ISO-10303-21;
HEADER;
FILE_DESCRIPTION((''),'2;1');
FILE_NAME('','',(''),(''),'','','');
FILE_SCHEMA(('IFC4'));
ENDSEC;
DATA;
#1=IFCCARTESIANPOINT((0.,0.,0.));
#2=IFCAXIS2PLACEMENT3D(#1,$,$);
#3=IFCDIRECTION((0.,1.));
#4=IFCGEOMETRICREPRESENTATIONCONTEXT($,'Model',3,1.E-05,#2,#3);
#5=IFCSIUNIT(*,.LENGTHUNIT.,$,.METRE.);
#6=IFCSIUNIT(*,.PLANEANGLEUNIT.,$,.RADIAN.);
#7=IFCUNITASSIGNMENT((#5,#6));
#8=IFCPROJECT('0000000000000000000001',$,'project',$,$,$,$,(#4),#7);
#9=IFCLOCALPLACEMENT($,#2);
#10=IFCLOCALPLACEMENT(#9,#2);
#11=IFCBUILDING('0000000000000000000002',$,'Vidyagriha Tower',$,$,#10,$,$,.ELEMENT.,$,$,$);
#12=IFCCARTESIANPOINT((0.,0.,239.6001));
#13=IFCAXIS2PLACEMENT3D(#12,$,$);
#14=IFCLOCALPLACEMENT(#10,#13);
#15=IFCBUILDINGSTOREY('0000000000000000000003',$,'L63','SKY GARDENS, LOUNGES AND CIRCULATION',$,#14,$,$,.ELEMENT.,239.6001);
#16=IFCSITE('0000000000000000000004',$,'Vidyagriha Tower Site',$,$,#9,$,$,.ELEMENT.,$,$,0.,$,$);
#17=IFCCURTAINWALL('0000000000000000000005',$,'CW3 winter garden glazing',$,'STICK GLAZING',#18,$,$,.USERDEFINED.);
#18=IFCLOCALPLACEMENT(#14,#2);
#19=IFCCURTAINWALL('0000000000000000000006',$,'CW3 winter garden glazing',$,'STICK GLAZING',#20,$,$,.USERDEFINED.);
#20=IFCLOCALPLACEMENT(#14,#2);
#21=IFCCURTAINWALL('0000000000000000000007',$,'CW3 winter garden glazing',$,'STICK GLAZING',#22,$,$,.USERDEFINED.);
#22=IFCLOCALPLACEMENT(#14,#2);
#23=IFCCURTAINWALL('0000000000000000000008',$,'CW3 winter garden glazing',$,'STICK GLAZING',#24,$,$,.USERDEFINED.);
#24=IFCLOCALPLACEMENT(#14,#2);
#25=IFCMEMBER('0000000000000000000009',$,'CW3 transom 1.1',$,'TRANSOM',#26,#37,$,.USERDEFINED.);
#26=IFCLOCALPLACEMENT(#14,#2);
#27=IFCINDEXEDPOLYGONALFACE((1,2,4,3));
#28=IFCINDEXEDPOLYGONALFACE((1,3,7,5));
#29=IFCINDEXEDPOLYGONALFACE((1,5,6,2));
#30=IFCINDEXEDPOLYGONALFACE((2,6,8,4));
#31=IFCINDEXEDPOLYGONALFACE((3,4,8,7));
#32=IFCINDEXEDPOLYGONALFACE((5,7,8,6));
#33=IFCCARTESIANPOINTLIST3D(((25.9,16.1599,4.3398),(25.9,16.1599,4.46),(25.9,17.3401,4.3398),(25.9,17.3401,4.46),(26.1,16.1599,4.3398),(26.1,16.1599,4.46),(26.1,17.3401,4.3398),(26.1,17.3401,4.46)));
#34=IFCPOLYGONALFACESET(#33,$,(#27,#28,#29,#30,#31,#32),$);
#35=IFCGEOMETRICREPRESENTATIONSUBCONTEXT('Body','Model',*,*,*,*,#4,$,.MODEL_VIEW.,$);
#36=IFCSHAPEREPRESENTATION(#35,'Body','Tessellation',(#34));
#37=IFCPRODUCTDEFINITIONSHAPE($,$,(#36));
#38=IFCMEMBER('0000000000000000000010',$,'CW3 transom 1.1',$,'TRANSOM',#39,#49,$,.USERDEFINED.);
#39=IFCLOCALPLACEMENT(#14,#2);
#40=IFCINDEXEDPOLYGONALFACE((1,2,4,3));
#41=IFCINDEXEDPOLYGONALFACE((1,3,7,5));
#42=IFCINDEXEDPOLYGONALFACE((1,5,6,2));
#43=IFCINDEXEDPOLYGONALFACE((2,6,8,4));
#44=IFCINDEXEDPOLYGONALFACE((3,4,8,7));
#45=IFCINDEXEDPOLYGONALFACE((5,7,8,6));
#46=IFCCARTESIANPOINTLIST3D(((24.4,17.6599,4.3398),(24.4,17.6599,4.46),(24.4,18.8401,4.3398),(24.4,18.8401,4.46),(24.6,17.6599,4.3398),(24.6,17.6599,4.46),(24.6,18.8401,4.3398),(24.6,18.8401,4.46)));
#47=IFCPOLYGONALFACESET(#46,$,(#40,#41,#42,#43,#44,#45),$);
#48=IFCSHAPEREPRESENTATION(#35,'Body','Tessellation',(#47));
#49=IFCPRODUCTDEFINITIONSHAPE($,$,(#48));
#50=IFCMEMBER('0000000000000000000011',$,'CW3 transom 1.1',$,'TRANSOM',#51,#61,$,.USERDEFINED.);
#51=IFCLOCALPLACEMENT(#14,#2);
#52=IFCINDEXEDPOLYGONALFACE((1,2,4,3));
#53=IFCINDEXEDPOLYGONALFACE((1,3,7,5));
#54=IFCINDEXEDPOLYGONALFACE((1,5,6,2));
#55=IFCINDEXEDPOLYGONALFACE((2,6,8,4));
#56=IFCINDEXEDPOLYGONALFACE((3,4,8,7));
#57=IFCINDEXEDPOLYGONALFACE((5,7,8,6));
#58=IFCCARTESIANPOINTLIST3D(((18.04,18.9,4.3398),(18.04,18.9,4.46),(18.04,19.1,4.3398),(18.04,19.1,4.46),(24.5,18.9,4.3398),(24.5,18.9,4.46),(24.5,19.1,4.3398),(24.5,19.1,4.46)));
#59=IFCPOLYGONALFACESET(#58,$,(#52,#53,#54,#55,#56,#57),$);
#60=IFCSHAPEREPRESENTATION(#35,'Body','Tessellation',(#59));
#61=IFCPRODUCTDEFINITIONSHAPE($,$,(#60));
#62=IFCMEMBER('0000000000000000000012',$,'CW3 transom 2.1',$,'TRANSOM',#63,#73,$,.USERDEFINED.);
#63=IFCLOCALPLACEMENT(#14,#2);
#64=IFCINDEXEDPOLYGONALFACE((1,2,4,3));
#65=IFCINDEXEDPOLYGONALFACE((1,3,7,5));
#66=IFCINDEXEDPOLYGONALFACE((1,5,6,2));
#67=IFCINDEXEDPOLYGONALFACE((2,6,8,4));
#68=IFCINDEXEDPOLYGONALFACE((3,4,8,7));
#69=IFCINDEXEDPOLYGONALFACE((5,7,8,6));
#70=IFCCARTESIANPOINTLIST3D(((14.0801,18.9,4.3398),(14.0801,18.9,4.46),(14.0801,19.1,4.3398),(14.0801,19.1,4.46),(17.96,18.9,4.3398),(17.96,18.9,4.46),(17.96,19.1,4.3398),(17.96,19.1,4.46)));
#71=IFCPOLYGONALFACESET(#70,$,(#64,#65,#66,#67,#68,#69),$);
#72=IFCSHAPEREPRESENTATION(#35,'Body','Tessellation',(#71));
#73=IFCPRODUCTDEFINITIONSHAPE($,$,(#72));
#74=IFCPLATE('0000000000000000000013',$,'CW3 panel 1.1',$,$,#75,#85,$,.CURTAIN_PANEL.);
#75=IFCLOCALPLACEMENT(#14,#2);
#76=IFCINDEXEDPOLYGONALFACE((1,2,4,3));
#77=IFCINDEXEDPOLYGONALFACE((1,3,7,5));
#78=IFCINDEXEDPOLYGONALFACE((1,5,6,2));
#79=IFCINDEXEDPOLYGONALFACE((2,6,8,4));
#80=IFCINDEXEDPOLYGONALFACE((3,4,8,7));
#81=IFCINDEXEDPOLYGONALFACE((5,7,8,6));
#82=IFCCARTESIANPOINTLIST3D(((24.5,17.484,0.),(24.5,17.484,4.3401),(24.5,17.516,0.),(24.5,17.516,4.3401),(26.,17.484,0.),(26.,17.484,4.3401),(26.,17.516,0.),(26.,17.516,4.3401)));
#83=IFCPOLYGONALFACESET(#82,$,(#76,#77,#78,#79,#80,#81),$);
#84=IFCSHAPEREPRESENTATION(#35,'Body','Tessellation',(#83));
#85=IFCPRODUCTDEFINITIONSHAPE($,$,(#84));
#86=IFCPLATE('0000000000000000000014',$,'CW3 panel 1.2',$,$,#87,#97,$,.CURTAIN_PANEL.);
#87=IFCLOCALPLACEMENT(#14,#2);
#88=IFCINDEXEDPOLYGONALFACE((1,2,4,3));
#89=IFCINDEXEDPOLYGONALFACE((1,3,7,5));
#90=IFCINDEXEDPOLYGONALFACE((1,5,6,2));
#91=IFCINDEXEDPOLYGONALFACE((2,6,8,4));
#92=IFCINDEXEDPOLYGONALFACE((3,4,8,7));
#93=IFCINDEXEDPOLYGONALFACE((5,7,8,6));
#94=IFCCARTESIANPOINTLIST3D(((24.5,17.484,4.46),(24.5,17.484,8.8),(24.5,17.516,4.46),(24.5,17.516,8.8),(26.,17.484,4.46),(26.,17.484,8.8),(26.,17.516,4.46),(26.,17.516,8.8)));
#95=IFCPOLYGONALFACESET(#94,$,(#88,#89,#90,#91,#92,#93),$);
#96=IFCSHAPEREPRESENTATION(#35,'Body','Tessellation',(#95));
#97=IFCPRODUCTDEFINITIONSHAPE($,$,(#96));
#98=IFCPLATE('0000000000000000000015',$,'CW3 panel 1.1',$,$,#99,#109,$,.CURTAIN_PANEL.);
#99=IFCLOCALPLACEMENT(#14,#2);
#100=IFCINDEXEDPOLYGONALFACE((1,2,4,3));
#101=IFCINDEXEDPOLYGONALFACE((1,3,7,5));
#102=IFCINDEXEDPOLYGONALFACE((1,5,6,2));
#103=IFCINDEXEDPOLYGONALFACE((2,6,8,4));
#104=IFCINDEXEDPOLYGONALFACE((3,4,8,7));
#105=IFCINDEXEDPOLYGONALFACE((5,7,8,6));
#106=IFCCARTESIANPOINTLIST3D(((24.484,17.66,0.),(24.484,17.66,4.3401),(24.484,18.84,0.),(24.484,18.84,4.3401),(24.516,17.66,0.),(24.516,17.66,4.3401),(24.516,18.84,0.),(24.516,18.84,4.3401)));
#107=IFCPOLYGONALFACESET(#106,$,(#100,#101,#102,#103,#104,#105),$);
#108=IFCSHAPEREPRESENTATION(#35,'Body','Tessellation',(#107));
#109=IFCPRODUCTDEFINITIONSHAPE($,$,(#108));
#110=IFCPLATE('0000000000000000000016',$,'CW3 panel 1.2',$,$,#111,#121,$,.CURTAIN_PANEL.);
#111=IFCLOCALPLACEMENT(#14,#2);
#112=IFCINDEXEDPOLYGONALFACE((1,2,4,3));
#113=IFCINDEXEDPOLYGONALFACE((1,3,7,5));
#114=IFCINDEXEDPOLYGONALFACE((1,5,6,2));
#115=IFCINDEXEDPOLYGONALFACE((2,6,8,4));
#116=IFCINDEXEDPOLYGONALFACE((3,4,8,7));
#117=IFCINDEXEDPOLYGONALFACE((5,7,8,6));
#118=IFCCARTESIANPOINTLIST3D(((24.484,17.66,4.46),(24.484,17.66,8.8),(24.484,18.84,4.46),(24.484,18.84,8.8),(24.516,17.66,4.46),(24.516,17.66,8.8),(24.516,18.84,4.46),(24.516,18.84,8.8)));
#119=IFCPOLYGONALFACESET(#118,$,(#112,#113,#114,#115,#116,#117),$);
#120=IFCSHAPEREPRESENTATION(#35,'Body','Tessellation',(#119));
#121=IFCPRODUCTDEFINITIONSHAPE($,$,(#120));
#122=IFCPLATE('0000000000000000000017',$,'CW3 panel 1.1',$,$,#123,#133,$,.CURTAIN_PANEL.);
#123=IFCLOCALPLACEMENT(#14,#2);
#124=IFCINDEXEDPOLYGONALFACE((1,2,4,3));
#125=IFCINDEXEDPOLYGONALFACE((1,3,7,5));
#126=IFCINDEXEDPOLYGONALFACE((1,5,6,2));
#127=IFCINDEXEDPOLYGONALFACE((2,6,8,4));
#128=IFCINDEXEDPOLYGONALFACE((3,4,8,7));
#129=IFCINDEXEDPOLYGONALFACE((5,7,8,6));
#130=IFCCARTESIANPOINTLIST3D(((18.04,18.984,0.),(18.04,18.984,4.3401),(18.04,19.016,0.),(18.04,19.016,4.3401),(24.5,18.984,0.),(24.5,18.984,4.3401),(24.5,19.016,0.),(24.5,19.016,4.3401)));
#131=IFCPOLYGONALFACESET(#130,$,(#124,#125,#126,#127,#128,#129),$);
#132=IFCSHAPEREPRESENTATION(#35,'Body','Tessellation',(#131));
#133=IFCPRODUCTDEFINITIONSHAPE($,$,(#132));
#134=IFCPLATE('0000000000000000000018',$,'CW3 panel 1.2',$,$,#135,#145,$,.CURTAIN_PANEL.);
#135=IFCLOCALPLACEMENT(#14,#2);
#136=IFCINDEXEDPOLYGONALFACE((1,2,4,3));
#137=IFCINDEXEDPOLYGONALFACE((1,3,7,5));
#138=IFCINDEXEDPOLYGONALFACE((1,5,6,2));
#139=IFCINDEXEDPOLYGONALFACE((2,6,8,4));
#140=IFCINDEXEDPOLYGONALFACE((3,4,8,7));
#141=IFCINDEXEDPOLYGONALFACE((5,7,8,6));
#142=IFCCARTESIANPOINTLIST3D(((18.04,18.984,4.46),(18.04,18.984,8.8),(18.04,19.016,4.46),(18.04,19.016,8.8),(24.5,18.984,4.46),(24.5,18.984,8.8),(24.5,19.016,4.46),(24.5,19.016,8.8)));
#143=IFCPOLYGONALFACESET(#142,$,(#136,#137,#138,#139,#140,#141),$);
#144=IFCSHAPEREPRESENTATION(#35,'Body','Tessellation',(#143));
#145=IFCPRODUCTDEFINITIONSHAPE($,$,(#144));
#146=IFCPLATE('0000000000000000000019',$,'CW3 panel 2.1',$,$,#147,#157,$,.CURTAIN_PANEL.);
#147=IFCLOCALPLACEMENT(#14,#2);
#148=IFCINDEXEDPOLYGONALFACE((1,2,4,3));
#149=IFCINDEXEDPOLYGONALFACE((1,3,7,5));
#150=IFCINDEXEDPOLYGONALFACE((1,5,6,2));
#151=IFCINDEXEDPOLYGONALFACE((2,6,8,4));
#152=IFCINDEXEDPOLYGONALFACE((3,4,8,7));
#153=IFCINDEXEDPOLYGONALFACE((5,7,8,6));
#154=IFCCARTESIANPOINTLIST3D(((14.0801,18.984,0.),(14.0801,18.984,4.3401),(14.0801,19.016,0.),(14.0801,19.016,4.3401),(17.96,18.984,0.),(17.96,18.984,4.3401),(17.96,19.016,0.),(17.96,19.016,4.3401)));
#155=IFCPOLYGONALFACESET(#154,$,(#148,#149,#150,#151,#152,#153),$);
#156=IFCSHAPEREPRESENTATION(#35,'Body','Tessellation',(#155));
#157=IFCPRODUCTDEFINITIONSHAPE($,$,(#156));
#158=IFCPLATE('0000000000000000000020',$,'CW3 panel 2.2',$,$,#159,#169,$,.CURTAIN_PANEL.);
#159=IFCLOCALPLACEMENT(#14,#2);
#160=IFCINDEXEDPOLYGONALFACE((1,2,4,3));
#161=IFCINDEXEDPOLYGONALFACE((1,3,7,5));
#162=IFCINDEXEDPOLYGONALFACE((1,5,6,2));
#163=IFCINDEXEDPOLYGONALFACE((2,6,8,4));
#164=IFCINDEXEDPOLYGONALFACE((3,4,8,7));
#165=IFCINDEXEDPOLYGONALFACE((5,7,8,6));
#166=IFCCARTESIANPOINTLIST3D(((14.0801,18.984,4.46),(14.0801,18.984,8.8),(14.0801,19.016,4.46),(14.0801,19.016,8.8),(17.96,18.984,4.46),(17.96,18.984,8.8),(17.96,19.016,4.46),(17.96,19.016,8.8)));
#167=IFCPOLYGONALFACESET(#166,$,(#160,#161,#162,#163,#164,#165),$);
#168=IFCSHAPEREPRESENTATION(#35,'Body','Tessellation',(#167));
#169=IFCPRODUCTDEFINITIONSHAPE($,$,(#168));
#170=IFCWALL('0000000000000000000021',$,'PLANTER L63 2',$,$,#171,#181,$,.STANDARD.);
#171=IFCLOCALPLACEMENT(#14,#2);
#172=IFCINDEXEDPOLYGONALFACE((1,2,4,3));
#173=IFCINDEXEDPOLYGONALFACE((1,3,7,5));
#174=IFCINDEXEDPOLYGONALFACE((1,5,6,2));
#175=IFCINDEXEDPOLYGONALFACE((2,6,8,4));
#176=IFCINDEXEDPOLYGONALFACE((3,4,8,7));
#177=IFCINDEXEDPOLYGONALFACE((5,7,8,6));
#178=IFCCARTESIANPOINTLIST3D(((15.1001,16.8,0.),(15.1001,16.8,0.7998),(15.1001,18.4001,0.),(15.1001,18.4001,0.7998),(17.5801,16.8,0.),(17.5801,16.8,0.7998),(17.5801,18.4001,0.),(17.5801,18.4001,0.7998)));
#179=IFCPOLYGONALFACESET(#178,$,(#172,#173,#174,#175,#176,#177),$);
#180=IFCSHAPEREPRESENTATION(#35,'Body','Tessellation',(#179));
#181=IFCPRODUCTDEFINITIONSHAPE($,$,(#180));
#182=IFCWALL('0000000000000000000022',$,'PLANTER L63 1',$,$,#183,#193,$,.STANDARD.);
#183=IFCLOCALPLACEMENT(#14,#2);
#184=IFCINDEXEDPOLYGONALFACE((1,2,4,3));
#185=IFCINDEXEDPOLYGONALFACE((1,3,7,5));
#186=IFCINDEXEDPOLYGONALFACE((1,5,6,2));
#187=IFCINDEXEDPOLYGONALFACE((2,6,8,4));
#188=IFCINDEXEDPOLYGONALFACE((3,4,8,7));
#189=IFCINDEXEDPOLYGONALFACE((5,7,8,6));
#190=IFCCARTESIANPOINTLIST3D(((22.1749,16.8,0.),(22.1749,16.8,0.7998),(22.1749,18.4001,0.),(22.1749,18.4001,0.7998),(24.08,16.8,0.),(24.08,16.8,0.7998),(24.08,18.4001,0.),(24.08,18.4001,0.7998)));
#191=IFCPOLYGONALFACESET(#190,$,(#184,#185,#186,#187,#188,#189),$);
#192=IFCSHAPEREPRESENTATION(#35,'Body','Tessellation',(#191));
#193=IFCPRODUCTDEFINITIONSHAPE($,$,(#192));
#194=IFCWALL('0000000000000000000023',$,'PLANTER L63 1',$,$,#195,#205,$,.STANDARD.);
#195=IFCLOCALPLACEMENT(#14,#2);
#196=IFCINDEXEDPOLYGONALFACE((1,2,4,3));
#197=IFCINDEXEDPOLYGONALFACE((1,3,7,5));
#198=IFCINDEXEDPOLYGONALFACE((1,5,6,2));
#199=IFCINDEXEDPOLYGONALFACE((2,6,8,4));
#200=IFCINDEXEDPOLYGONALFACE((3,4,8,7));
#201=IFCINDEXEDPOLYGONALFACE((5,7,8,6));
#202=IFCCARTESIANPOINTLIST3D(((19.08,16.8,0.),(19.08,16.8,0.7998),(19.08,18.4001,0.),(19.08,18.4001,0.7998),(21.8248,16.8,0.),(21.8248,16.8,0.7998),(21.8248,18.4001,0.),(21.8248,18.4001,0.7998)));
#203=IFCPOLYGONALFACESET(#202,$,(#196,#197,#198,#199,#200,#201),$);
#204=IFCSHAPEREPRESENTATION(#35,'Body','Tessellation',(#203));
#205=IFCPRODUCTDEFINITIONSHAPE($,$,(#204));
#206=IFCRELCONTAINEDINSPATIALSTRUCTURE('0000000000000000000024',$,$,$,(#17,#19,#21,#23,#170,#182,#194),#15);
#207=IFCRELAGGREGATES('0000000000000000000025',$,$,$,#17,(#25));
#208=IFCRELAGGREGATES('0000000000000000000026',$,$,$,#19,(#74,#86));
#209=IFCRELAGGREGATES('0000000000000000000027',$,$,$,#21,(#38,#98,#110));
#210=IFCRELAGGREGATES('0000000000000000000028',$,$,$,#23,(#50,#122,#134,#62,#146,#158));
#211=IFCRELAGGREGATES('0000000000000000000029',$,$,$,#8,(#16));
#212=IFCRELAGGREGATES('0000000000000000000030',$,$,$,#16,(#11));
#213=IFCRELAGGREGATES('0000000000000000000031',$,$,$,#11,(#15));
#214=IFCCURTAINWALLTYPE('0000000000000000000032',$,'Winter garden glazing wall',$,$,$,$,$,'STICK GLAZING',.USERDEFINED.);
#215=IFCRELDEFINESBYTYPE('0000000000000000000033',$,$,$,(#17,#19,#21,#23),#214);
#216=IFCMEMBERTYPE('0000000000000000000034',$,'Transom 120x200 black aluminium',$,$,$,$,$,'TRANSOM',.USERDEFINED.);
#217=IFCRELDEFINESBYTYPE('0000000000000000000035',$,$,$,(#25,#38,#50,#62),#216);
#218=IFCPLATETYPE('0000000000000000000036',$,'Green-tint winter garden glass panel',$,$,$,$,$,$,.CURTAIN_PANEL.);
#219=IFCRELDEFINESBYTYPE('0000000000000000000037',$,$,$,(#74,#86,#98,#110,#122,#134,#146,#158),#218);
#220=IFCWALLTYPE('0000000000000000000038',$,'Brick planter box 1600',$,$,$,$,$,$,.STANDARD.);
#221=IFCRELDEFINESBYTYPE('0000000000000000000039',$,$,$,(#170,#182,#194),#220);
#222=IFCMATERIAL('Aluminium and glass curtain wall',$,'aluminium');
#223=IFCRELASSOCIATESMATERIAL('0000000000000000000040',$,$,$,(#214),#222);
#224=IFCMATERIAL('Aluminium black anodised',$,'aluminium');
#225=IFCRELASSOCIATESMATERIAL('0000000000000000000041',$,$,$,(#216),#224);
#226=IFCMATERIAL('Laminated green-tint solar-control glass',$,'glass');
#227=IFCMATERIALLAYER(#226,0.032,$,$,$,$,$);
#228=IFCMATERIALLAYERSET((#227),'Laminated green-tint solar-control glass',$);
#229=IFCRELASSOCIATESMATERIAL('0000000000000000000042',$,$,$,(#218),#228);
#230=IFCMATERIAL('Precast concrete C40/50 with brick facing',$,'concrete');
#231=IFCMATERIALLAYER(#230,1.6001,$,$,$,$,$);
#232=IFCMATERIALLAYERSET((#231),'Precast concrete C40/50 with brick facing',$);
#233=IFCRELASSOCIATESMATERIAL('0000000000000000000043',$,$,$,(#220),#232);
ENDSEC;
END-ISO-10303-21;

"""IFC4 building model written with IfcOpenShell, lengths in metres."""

from ifc_helpers import new_model, si_unit, direction, frame, frame_2d, origin, origin_2d, place, context, subcontext, project, spatial, rectangle, extrude, material, layer, layer_set, material_profile, profile_set, type_object, element, aggregate, save


model = new_model("IFC4")

# Units and contexts
model_context = context("Model", 3, precision=1e-05, world=origin(), true_north=direction((0.0, 1.0)))
body_context = subcontext(model_context, "Body", "Model", "MODEL_VIEW")
ifc_project = project(units=[si_unit("LENGTHUNIT", "METRE"), si_unit("PLANEANGLEUNIT", "RADIAN")], contexts=[model_context])

# Site, building, storey
site_placement = place(None, origin())
site = spatial("IfcSite", under=ifc_project, at=site_placement, Name="Vidyagriha Tower Site", CompositionType="ELEMENT", RefElevation=0.0)
building_placement = place(site_placement, origin())
building = spatial("IfcBuilding", under=site, at=building_placement, Name="Vidyagriha Tower", CompositionType="ELEMENT")
storey_placement = place(building_placement, frame((0.0, 0.0, 239.6001)))
storey = spatial("IfcBuildingStorey", under=building, at=storey_placement, Name="L63", Description="SKY GARDENS, LOUNGES AND CIRCULATION", CompositionType="ELEMENT", Elevation=239.6001)

# Curtain walls
ifc_material_1 = material(Name="Aluminium and glass curtain wall", Category="aluminium")
curtain_wall_type = type_object("IfcCurtainWallType", Name="Winter garden glazing wall", ElementType="STICK GLAZING", PredefinedType="USERDEFINED", material=ifc_material_1)
curtain_wall_1_placement = place(storey_placement, origin())
curtain_wall_1 = element("IfcCurtainWall", 1, at=curtain_wall_1_placement, inside=storey, type_object=curtain_wall_type, Name="CW3 winter garden glazing", ObjectType="STICK GLAZING", PredefinedType="USERDEFINED")
curtain_wall_2_placement = place(storey_placement, origin())
curtain_wall_2 = element("IfcCurtainWall", 2, at=curtain_wall_2_placement, inside=storey, type_object=curtain_wall_type, Name="CW3 winter garden glazing", ObjectType="STICK GLAZING", PredefinedType="USERDEFINED")

# Curtain walls
curtain_wall_3_placement = place(storey_placement, origin())
curtain_wall_3 = element("IfcCurtainWall", 3, at=curtain_wall_3_placement, inside=storey, type_object=curtain_wall_type, Name="CW3 winter garden glazing", ObjectType="STICK GLAZING", PredefinedType="USERDEFINED")
curtain_wall_4_placement = place(storey_placement, origin())
curtain_wall_4 = element("IfcCurtainWall", 4, at=curtain_wall_4_placement, inside=storey, type_object=curtain_wall_type, Name="CW3 winter garden glazing", ObjectType="STICK GLAZING", PredefinedType="USERDEFINED")

# Members
ifc_material_2 = material(Name="Aluminium black anodised", Category="aluminium")
ifc_material_profile_1 = material_profile(ifc_material_2, rectangle(XDim=0.2, YDim=0.1201, at=origin_2d()), Name="Transom 120x200 black aluminium")
ifc_profile_set_1 = profile_set([ifc_material_profile_1], Name="Aluminium black anodised")
member_type_1 = type_object("IfcMemberType", Name="Transom 120x200 black aluminium", ElementType="TRANSOM", PredefinedType="USERDEFINED", material=ifc_profile_set_1)
member_1_placement = place(storey_placement, frame((26.0, 16.1599, 4.3999), z_axis=(0.0, 1.0, 0.0), x_axis=(-1.0, 0.0, 0.0)))
member_1 = element("IfcMember", 5, at=member_1_placement, type_object=member_type_1, Name="CW3 transom 1.1", ObjectType="TRANSOM", PredefinedType="USERDEFINED", context=body_context, shape_type="SweptSolid", body=[
    extrude(rectangle(XDim=0.2, YDim=0.1201, at=origin_2d()), origin(), (0.0, 0.0, 1.0), 1.1802),
])
aggregate(curtain_wall_1, [member_1])
member_2_placement = place(storey_placement, frame((24.5, 17.6599, 4.3999), z_axis=(0.0, 1.0, 0.0), x_axis=(-1.0, 0.0, 0.0)))
member_2 = element("IfcMember", 6, at=member_2_placement, type_object=member_type_1, Name="CW3 transom 1.1", ObjectType="TRANSOM", PredefinedType="USERDEFINED", context=body_context, shape_type="SweptSolid", body=[
    extrude(rectangle(XDim=0.2, YDim=0.1201, at=origin_2d()), origin(), (0.0, 0.0, 1.0), 1.1802),
])
member_3_placement = place(storey_placement, frame((24.5, 19.0, 4.3999), z_axis=(-1.0, 0.0, 0.0), x_axis=(0.0, -1.0, 0.0)))
member_3 = element("IfcMember", 7, at=member_3_placement, type_object=member_type_1, Name="CW3 transom 1.1", ObjectType="TRANSOM", PredefinedType="USERDEFINED", context=body_context, shape_type="SweptSolid", body=[
    extrude(rectangle(XDim=0.2, YDim=0.1201, at=origin_2d()), origin(), (0.0, 0.0, 1.0), 6.46),
])
member_4_placement = place(storey_placement, frame((17.96, 19.0, 4.3999), z_axis=(-1.0, 0.0, 0.0), x_axis=(0.0, -1.0, 0.0)))
member_4 = element("IfcMember", 8, at=member_4_placement, type_object=member_type_1, Name="CW3 transom 2.1", ObjectType="TRANSOM", PredefinedType="USERDEFINED", context=body_context, shape_type="SweptSolid", body=[
    extrude(rectangle(XDim=0.2, YDim=0.1201, at=origin_2d()), origin(), (0.0, 0.0, 1.0), 3.8799),
])

# Plates
ifc_material_3 = material(Name="Laminated green-tint solar-control glass", Category="glass")
ifc_layer_1 = layer(ifc_material_3, 0.032)
ifc_layer_set_1 = layer_set([ifc_layer_1], Name="Laminated green-tint solar-control glass")
plate_type = type_object("IfcPlateType", Name="Green-tint winter garden glass panel", PredefinedType="CURTAIN_PANEL", material=ifc_layer_set_1)
plate_1_placement = place(storey_placement, frame((25.25, 17.5, 0.0), z_axis=(0.0, 0.0, 1.0), x_axis=(-1.0, 0.0, 0.0)))
plate_1 = element("IfcPlate", 9, at=plate_1_placement, type_object=plate_type, Name="CW3 panel 1.1", PredefinedType="CURTAIN_PANEL", context=body_context, shape_type="SweptSolid", body=[
    extrude(rectangle(XDim=1.5, YDim=0.032, at=origin_2d()), origin(), (0.0, 0.0, 1.0), 4.3401),
])
plate_2_placement = place(storey_placement, frame((25.25, 17.5, 4.46), z_axis=(0.0, 0.0, 1.0), x_axis=(-1.0, 0.0, 0.0)))
plate_2 = element("IfcPlate", 10, at=plate_2_placement, type_object=plate_type, Name="CW3 panel 1.2", PredefinedType="CURTAIN_PANEL", context=body_context, shape_type="SweptSolid", body=[
    extrude(rectangle(XDim=1.5, YDim=0.032, at=origin_2d()), origin(), (0.0, 0.0, 1.0), 4.3401),
])
aggregate(curtain_wall_2, [plate_1, plate_2])
plate_3_placement = place(storey_placement, frame((24.5, 18.25, 0.0), z_axis=(0.0, 0.0, 1.0), x_axis=(0.0, 1.0, 0.0)))
plate_3 = element("IfcPlate", 11, at=plate_3_placement, type_object=plate_type, Name="CW3 panel 1.1", PredefinedType="CURTAIN_PANEL", context=body_context, shape_type="SweptSolid", body=[
    extrude(rectangle(XDim=1.1799, YDim=0.032, at=origin_2d()), origin(), (0.0, 0.0, 1.0), 4.3401),
])
plate_4_placement = place(storey_placement, frame((24.5, 18.25, 4.46), z_axis=(0.0, 0.0, 1.0), x_axis=(0.0, 1.0, 0.0)))
plate_4 = element("IfcPlate", 12, at=plate_4_placement, type_object=plate_type, Name="CW3 panel 1.2", PredefinedType="CURTAIN_PANEL", context=body_context, shape_type="SweptSolid", body=[
    extrude(rectangle(XDim=1.1799, YDim=0.032, at=origin_2d()), origin(), (0.0, 0.0, 1.0), 4.3401),
])
aggregate(curtain_wall_3, [member_2, plate_3, plate_4])
plate_5_placement = place(storey_placement, frame((21.27, 19.0, 0.0), z_axis=(0.0, 0.0, 1.0), x_axis=(-1.0, 0.0, 0.0)))
plate_5 = element("IfcPlate", 13, at=plate_5_placement, type_object=plate_type, Name="CW3 panel 1.1", PredefinedType="CURTAIN_PANEL", context=body_context, shape_type="SweptSolid", body=[
    extrude(rectangle(XDim=6.46, YDim=0.032, at=origin_2d()), origin(), (0.0, 0.0, 1.0), 4.3401),
])
plate_6_placement = place(storey_placement, frame((21.27, 19.0, 4.46), z_axis=(0.0, 0.0, 1.0), x_axis=(-1.0, 0.0, 0.0)))
plate_6 = element("IfcPlate", 14, at=plate_6_placement, type_object=plate_type, Name="CW3 panel 1.2", PredefinedType="CURTAIN_PANEL", context=body_context, shape_type="SweptSolid", body=[
    extrude(rectangle(XDim=6.46, YDim=0.032, at=origin_2d()), origin(), (0.0, 0.0, 1.0), 4.3401),
])
plate_7_placement = place(storey_placement, frame((16.02, 19.0, 0.0), z_axis=(0.0, 0.0, 1.0), x_axis=(-1.0, 0.0, 0.0)))
plate_7 = element("IfcPlate", 15, at=plate_7_placement, type_object=plate_type, Name="CW3 panel 2.1", PredefinedType="CURTAIN_PANEL", context=body_context, shape_type="SweptSolid", body=[
    extrude(rectangle(XDim=3.8799, YDim=0.032, at=origin_2d()), origin(), (0.0, 0.0, 1.0), 4.3401),
])
plate_8_placement = place(storey_placement, frame((16.02, 19.0, 4.46), z_axis=(0.0, 0.0, 1.0), x_axis=(-1.0, 0.0, 0.0)))
plate_8 = element("IfcPlate", 16, at=plate_8_placement, type_object=plate_type, Name="CW3 panel 2.2", PredefinedType="CURTAIN_PANEL", context=body_context, shape_type="SweptSolid", body=[
    extrude(rectangle(XDim=3.8799, YDim=0.032, at=origin_2d()), origin(), (0.0, 0.0, 1.0), 4.3401),
])
aggregate(curtain_wall_4, [member_3, plate_5, plate_6, member_4, plate_7, plate_8])

# Walls
ifc_material_4 = material(Name="Precast concrete C40/50 with brick facing", Category="concrete")
ifc_layer_2 = layer(ifc_material_4, 1.6001)
ifc_layer_set_2 = layer_set([ifc_layer_2], Name="Precast concrete C40/50 with brick facing")
wall_type_1 = type_object("IfcWallType", Name="Brick planter box 1600", PredefinedType="STANDARD", material=ifc_layer_set_2)
wall_1_placement = place(storey_placement, frame((17.5801, 17.6001, 0.0), z_axis=(0.0, 0.0, 1.0), x_axis=(-1.0, 0.0, 0.0)))
element("IfcWall", 17, at=wall_1_placement, inside=storey, type_object=wall_type_1, Name="PLANTER L63 2", PredefinedType="STANDARD", context=body_context, shape_type="SweptSolid", body=[
    extrude(rectangle(XDim=2.48, YDim=1.6001, at=frame_2d((1.24, 0.0))), origin(), (0.0, 0.0, 1.0), 0.7998),
])
wall_2_placement = place(storey_placement, frame((24.0801, 17.6001, 0.0), z_axis=(0.0, 0.0, 1.0), x_axis=(-1.0, 0.0, 0.0)))
element("IfcWall", 18, at=wall_2_placement, inside=storey, type_object=wall_type_1, Name="PLANTER L63 1", PredefinedType="STANDARD", context=body_context, shape_type="SweptSolid", body=[
    extrude(rectangle(XDim=1.905, YDim=1.6001, at=frame_2d((0.9526, 0.0))), origin(), (0.0, 0.0, 1.0), 0.7998),
])
wall_3_placement = place(storey_placement, frame((21.825, 17.6001, 0.0), z_axis=(0.0, 0.0, 1.0), x_axis=(-1.0, 0.0, 0.0)))
element("IfcWall", 19, at=wall_3_placement, inside=storey, type_object=wall_type_1, Name="PLANTER L63 1", PredefinedType="STANDARD", context=body_context, shape_type="SweptSolid", body=[
    extrude(rectangle(XDim=2.7449, YDim=1.6001, at=frame_2d((1.3726, 0.0))), origin(), (0.0, 0.0, 1.0), 0.7998),
])

save(model, "model.ifc")
